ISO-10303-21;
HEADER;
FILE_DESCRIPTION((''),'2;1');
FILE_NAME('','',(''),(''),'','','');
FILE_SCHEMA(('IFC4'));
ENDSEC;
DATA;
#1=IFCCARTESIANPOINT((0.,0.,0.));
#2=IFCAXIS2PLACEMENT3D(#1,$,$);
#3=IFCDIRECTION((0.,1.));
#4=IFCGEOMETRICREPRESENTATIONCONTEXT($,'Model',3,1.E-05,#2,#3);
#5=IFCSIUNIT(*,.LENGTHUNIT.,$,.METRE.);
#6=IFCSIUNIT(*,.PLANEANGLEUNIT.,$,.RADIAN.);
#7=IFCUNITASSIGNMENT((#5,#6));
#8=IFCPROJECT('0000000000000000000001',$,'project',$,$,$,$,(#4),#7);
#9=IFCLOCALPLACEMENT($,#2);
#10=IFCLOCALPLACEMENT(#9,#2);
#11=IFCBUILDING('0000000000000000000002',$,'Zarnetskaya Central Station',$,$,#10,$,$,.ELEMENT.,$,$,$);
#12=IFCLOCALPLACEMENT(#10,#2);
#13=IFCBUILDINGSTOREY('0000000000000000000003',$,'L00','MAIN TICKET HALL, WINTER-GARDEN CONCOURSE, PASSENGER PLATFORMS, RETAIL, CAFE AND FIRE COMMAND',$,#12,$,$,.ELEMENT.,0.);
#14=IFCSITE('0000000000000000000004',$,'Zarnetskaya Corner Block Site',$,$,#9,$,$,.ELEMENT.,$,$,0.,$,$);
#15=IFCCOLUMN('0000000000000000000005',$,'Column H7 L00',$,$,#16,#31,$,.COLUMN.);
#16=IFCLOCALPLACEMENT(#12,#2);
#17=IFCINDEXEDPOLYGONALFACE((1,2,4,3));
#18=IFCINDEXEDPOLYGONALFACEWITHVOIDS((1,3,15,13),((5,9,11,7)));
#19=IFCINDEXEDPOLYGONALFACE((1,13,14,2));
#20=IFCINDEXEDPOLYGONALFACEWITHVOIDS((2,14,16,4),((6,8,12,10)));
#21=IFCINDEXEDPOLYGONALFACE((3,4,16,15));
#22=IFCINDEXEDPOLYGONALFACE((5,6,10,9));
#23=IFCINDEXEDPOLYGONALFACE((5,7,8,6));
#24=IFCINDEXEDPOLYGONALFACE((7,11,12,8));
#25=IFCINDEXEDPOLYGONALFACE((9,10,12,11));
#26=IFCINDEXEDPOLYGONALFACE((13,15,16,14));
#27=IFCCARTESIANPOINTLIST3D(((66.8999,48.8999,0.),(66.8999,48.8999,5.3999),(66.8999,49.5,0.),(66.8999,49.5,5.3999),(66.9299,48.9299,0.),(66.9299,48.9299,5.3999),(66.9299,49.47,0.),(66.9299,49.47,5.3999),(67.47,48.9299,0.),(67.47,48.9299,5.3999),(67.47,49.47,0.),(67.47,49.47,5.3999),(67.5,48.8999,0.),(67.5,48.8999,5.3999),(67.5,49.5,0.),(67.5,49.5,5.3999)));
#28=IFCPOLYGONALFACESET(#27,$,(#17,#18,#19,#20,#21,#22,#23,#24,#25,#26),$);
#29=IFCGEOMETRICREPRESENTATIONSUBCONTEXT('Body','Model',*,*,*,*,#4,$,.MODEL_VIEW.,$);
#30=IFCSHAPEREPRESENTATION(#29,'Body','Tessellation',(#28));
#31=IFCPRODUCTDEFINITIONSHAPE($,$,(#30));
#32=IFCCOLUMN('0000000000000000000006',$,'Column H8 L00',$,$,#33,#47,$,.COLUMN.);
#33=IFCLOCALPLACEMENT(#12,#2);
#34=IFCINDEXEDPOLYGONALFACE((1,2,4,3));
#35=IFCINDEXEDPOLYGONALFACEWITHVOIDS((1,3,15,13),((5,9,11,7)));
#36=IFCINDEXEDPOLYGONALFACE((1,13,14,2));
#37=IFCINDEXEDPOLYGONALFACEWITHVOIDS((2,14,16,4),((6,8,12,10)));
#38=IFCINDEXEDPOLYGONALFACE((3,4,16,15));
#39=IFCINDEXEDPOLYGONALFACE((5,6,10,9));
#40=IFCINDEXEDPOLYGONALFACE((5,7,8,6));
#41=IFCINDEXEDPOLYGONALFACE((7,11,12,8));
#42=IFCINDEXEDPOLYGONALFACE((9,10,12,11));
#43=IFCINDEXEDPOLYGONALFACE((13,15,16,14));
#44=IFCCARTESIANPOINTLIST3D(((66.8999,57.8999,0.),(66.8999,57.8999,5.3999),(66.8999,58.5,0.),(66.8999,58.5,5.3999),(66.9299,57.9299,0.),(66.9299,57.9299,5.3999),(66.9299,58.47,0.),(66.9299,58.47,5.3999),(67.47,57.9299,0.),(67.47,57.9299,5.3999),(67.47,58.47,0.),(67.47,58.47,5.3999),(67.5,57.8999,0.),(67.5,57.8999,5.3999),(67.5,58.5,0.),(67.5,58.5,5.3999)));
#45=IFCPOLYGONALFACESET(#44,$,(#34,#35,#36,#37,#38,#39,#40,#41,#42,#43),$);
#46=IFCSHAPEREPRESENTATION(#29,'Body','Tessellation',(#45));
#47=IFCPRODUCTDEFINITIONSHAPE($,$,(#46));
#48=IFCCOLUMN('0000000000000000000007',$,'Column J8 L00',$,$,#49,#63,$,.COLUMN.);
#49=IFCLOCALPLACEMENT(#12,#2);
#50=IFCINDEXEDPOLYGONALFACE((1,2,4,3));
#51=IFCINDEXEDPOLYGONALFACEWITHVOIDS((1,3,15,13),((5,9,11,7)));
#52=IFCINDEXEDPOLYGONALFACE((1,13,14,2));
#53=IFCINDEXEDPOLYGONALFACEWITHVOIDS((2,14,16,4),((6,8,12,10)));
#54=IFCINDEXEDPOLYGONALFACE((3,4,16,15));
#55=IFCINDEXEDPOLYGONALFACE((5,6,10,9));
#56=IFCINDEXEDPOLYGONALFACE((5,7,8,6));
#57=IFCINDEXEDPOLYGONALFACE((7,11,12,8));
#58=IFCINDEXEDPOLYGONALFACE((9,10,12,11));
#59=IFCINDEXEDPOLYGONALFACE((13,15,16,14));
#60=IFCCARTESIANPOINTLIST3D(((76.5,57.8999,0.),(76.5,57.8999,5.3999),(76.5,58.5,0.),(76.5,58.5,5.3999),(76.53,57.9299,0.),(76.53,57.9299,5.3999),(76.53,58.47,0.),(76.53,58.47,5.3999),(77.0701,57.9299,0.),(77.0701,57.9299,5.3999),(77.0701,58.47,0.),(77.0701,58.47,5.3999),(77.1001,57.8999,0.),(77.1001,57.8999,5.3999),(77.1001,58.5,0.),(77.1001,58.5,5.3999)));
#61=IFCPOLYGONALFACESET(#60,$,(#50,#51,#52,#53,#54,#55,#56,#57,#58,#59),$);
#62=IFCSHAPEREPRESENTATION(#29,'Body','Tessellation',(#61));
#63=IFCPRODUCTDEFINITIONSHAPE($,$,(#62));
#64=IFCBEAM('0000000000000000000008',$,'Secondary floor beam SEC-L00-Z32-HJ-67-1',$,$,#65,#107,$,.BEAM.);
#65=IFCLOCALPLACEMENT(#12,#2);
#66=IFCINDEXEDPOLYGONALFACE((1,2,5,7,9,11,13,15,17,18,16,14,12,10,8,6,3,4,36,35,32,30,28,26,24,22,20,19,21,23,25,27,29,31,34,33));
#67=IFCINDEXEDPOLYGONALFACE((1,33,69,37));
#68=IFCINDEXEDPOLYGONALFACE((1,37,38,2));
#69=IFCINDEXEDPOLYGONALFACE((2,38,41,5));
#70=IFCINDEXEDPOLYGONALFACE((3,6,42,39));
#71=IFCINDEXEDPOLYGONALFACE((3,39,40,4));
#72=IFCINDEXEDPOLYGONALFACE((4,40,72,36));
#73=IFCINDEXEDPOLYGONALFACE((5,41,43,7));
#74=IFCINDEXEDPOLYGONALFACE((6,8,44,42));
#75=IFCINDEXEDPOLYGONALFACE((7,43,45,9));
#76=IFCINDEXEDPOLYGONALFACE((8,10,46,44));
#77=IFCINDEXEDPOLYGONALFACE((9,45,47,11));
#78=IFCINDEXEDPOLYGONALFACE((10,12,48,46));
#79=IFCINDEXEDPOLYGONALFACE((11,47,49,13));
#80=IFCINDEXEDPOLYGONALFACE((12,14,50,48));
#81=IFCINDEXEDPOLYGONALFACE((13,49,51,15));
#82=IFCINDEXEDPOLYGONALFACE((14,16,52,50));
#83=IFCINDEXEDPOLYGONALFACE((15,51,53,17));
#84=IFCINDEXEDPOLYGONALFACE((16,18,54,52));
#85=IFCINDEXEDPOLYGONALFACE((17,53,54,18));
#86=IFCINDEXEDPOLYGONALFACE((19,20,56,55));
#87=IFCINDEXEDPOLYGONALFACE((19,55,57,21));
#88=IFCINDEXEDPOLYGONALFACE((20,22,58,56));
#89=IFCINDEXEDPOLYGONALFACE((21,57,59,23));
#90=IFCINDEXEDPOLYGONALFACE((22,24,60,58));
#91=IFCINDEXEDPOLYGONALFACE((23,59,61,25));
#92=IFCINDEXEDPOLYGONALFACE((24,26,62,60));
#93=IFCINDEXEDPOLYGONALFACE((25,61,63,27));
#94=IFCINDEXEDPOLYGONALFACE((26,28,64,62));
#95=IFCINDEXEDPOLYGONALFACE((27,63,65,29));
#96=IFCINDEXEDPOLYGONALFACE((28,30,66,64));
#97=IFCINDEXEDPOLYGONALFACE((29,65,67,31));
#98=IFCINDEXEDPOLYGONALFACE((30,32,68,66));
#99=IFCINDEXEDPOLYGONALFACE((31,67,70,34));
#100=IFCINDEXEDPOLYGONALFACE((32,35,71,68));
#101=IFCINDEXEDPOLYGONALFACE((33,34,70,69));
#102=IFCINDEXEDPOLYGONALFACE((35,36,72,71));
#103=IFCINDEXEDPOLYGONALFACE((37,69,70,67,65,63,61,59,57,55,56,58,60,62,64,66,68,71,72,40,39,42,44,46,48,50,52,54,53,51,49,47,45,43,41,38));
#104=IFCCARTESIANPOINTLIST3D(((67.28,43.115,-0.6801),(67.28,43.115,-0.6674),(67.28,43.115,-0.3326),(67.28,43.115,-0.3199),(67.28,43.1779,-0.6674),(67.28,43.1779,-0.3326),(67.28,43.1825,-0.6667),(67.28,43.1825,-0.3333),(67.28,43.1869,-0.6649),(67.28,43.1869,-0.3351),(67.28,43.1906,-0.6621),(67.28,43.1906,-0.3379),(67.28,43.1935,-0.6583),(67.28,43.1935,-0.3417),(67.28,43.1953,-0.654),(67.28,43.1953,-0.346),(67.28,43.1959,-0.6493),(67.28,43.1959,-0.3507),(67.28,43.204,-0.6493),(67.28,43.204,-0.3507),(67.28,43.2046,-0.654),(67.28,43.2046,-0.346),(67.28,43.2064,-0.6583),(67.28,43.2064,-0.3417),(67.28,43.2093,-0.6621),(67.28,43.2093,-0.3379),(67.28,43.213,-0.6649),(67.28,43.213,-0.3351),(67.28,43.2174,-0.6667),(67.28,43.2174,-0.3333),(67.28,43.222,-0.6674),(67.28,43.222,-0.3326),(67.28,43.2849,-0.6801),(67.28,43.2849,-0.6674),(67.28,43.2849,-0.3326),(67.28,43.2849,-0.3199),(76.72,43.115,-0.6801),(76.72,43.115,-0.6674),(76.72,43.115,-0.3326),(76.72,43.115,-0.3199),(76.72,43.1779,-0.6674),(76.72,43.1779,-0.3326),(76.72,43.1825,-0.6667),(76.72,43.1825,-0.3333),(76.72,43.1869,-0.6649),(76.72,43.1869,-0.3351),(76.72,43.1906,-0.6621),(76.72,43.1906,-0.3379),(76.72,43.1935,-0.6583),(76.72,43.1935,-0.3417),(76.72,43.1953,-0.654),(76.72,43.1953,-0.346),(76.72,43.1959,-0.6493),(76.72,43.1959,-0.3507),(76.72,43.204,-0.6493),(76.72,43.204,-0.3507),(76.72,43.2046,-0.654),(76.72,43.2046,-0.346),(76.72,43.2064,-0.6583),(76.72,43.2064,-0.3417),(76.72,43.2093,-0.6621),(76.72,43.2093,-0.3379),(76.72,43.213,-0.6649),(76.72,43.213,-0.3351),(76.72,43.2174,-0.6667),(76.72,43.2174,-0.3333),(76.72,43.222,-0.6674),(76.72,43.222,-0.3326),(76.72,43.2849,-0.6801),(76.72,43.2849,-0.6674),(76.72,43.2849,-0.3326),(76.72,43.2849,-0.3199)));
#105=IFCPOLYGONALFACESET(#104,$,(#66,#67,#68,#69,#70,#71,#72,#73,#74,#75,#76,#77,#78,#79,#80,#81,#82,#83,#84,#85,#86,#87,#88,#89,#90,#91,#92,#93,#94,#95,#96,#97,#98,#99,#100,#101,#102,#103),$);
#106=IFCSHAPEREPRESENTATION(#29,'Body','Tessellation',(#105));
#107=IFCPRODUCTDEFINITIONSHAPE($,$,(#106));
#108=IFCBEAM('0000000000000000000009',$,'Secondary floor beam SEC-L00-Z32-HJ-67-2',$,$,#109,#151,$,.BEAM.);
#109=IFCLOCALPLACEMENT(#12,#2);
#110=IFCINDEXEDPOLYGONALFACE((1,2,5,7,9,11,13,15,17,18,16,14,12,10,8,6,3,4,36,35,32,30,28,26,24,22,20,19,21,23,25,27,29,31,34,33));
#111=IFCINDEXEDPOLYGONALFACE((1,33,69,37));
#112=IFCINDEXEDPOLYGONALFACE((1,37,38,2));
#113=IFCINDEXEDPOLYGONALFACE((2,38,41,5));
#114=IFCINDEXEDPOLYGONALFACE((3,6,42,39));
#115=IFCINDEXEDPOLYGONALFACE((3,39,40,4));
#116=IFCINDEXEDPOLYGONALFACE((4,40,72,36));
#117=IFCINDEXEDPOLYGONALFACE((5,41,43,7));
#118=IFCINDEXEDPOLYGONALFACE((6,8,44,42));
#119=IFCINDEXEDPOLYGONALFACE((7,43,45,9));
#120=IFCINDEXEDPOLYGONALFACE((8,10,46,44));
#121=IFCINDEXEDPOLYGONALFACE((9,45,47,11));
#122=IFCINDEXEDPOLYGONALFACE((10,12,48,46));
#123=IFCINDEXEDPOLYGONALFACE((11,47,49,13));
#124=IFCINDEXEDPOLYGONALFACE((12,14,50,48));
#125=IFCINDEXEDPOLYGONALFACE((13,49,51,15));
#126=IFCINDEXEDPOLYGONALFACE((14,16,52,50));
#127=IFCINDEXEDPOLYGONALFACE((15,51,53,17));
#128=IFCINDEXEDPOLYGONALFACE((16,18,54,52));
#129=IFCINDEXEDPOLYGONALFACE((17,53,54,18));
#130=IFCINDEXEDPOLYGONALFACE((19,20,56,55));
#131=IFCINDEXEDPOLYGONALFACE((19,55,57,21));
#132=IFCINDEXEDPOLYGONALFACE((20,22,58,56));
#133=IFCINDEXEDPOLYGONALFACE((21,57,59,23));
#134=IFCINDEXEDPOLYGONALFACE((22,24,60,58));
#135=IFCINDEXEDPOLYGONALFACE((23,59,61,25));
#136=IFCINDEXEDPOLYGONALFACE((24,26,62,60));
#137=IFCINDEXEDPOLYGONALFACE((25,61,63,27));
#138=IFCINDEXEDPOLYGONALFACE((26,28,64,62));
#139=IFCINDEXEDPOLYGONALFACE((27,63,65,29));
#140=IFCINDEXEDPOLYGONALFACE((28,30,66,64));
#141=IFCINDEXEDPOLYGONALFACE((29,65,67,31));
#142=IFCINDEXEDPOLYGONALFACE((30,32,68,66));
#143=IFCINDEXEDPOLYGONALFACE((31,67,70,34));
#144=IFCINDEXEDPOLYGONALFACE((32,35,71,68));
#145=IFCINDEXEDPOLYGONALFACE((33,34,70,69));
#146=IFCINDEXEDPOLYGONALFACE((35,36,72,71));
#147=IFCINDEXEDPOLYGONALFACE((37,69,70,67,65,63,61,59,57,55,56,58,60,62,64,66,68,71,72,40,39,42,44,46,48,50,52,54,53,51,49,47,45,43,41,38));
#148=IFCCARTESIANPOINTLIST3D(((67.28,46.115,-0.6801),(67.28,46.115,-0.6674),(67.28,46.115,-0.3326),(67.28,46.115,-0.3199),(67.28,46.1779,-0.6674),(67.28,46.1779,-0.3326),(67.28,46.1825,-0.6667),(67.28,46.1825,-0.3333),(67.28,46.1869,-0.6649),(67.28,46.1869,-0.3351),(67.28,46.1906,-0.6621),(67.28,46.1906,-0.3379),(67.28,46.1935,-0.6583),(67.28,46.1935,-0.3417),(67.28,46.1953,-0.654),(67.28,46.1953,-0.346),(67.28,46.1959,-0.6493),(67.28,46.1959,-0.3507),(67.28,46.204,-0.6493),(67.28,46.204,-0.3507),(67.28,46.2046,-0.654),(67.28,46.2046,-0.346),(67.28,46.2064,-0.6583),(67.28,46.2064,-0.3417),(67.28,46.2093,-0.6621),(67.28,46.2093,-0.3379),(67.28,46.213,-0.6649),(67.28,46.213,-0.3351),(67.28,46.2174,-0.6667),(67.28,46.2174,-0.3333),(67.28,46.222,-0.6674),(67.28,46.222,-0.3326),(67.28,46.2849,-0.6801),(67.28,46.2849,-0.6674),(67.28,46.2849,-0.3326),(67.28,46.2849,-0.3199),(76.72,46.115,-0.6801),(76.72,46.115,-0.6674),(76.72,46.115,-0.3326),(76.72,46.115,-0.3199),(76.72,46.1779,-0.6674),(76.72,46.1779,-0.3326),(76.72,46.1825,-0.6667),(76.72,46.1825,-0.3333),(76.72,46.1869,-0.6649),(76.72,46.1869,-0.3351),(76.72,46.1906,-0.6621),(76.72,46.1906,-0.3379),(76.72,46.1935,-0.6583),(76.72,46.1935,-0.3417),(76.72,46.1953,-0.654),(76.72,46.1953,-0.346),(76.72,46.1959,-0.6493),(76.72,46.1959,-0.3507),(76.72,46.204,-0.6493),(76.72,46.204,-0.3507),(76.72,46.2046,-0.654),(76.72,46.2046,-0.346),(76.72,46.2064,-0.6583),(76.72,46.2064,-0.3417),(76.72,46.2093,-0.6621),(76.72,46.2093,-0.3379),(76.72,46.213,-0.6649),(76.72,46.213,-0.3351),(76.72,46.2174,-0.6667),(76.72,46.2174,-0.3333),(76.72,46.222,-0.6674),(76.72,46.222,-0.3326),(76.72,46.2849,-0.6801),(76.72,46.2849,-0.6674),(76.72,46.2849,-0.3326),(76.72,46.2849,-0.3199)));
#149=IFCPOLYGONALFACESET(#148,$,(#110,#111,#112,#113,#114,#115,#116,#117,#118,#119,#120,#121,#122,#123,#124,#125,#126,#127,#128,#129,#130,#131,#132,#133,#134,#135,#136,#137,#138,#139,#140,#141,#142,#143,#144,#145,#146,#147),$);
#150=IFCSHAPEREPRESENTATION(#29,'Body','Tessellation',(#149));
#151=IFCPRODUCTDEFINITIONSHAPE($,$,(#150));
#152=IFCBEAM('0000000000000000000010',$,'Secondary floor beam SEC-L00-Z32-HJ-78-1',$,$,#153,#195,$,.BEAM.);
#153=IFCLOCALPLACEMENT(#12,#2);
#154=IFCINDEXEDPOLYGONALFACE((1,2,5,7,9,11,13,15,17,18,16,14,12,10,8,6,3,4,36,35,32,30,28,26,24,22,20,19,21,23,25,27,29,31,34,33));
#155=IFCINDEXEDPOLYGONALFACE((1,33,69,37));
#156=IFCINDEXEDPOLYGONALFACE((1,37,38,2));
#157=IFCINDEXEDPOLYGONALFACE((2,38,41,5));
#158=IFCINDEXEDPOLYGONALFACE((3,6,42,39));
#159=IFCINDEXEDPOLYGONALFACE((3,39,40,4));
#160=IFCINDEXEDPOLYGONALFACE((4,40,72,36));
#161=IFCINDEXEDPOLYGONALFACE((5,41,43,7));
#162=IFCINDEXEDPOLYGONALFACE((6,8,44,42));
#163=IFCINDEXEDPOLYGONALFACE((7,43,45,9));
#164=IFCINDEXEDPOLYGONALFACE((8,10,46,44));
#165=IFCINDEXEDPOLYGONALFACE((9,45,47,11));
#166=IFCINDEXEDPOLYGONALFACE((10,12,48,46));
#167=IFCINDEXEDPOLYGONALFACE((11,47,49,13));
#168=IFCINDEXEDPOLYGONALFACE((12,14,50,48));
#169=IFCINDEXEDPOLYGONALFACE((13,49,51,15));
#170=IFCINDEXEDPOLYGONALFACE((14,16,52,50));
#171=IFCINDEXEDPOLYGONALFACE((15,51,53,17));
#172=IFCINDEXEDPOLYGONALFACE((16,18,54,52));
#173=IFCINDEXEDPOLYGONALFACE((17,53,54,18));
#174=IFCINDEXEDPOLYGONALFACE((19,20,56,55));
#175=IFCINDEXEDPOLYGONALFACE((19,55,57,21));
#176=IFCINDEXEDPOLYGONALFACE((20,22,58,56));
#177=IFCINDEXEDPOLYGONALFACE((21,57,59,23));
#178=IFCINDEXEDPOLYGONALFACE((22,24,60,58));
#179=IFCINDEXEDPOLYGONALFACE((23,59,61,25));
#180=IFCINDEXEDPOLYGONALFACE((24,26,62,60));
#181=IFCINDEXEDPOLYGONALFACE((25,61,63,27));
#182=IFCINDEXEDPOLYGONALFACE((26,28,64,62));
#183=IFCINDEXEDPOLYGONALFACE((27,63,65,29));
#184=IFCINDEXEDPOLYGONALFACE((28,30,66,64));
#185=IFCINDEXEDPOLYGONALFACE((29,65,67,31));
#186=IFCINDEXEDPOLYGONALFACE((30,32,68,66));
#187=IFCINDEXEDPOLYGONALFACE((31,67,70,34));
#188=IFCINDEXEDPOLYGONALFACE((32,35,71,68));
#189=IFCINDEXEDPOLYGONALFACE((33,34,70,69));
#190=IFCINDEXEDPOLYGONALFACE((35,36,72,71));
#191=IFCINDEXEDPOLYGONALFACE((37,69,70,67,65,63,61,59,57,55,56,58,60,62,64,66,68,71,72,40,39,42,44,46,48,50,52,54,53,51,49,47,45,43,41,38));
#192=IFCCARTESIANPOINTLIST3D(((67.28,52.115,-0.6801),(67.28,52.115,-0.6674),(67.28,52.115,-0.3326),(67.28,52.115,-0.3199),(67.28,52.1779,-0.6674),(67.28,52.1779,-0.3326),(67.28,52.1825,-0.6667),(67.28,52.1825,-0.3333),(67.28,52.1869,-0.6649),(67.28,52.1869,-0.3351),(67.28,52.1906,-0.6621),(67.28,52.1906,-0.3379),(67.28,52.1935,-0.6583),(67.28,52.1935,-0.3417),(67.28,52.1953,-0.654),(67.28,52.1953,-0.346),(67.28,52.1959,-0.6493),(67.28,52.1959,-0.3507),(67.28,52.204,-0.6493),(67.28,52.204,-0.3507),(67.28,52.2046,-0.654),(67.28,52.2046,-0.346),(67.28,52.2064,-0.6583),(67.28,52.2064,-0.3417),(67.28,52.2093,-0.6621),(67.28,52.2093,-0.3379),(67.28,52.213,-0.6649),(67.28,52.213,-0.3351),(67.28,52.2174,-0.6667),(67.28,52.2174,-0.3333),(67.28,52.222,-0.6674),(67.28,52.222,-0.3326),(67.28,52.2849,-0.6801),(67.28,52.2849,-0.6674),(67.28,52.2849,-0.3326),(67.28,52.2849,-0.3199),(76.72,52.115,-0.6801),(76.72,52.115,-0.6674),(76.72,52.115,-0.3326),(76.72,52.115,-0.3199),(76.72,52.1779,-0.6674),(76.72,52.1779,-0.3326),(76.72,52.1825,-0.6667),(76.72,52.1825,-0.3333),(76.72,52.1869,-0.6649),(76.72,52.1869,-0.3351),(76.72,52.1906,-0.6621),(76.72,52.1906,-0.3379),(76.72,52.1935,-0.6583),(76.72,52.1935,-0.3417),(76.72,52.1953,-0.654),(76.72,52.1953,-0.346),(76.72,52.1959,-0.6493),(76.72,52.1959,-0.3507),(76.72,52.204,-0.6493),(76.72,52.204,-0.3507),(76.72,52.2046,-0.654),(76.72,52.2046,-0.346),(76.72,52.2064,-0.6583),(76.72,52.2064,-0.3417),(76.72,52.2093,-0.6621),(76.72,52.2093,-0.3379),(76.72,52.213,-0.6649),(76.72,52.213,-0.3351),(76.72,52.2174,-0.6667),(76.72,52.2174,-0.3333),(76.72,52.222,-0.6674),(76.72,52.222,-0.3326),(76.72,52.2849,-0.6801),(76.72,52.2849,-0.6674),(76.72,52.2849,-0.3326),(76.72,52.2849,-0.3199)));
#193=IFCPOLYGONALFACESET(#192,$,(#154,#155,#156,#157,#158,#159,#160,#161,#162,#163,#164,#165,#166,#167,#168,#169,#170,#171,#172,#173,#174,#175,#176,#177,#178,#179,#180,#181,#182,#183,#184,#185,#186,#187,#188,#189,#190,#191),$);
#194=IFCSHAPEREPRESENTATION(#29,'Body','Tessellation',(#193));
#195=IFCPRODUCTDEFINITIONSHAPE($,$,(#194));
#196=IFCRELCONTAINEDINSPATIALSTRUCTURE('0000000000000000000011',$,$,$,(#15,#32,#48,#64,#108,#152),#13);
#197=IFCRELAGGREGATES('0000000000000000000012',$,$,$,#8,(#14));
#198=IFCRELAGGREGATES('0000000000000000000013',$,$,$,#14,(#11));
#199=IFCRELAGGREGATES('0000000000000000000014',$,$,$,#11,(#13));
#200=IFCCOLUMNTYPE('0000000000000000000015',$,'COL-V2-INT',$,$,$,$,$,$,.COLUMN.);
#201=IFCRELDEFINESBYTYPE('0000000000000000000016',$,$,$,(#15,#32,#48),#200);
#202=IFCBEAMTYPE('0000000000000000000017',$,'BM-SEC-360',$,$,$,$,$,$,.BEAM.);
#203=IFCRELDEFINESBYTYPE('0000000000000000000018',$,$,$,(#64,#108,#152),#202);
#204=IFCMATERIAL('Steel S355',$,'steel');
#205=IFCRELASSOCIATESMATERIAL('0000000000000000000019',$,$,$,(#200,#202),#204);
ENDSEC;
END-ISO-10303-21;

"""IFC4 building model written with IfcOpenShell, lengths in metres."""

from ifc_helpers import new_model, si_unit, direction, frame, origin, origin_2d, place, context, subcontext, project, spatial, hollow_rectangle, i_section, extrude, material, material_profile, profile_set, type_object, element, save


model = new_model("IFC4")

# Units and contexts
model_context = context("Model", 3, precision=1e-05, world=origin(), true_north=direction((0.0, 1.0)))
body_context = subcontext(model_context, "Body", "Model", "MODEL_VIEW")
ifc_project = project(units=[si_unit("LENGTHUNIT", "METRE"), si_unit("PLANEANGLEUNIT", "RADIAN")], contexts=[model_context])

# Site, building, storey
site_placement = place(None, origin())
site = spatial("IfcSite", under=ifc_project, at=site_placement, Name="Zarnetskaya Corner Block Site", CompositionType="ELEMENT", RefElevation=0.0)
building_placement = place(site_placement, origin())
building = spatial("IfcBuilding", under=site, at=building_placement, Name="Zarnetskaya Central Station", CompositionType="ELEMENT")
storey_placement = place(building_placement, origin())
storey = spatial("IfcBuildingStorey", under=building, at=storey_placement, Name="L00", Description="MAIN TICKET HALL, WINTER-GARDEN CONCOURSE, PASSENGER PLATFORMS, RETAIL, CAFE AND FIRE COMMAND", CompositionType="ELEMENT", Elevation=0.0)

# Columns
ifc_material_1 = material(Name="Steel S355", Category="steel")
ifc_material_profile_1 = material_profile(ifc_material_1, hollow_rectangle(XDim=0.6001, YDim=0.6001, WallThickness=0.03, at=origin_2d()), Name="BOX 600x600x30")
ifc_profile_set_1 = profile_set([ifc_material_profile_1], Name="Steel S355")
column_type = type_object("IfcColumnType", Name="COL-V2-INT", PredefinedType="COLUMN", material=ifc_profile_set_1)
for number, where, z_axis, x_axis, name in (
    (1, (67.2, 49.2, 0.0), (0.0, 0.0, 1.0), (1.0, 0.0, 0.0), "Column H7 L00"),
    (2, (67.2, 58.2, 0.0), (0.0, 0.0, 1.0), (1.0, 0.0, 0.0), "Column H8 L00"),
    (3, (76.8, 58.2, 0.0), (0.0, 0.0, 1.0), (1.0, 0.0, 0.0), "Column J8 L00"),
):
    element("IfcColumn", number, at=place(storey_placement, frame(where, z_axis=z_axis, x_axis=x_axis)), inside=storey, type_object=column_type, Name=name, PredefinedType="COLUMN", context=body_context, shape_type="SweptSolid", body=[
        extrude(hollow_rectangle(XDim=0.6001, YDim=0.6001, WallThickness=0.03, at=origin_2d()), origin(), (0.0, 0.0, 1.0), 5.3999),
    ])

# Beams
ifc_material_profile_2 = material_profile(ifc_material_1, i_section(OverallWidth=0.1699, OverallDepth=0.3601, WebThickness=0.0081, FlangeThickness=0.0127, FilletRadius=0.0181, at=origin_2d()), Name="IPE 360")
ifc_profile_set_2 = profile_set([ifc_material_profile_2], Name="Steel S355")
beam_type_1 = type_object("IfcBeamType", Name="BM-SEC-360", PredefinedType="BEAM", material=ifc_profile_set_2)
for number, where, z_axis, x_axis, name in (
    (4, (67.28, 43.2, -0.5), (1.0, 0.0, 0.0), (0.0, 1.0, 0.0), "Secondary floor beam SEC-L00-Z32-HJ-67-1"),
    (5, (67.28, 46.2, -0.5), (1.0, 0.0, 0.0), (0.0, 1.0, 0.0), "Secondary floor beam SEC-L00-Z32-HJ-67-2"),
    (6, (67.28, 52.2, -0.5), (1.0, 0.0, 0.0), (0.0, 1.0, 0.0), "Secondary floor beam SEC-L00-Z32-HJ-78-1"),
):
    element("IfcBeam", number, at=place(storey_placement, frame(where, z_axis=z_axis, x_axis=x_axis)), inside=storey, type_object=beam_type_1, Name=name, PredefinedType="BEAM", context=body_context, shape_type="SweptSolid", body=[
        extrude(i_section(OverallWidth=0.1699, OverallDepth=0.3601, WebThickness=0.0081, FlangeThickness=0.0127, FilletRadius=0.0181, at=origin_2d()), origin(), (0.0, 0.0, 1.0), 9.4399),
    ])

save(model, "model.ifc")
